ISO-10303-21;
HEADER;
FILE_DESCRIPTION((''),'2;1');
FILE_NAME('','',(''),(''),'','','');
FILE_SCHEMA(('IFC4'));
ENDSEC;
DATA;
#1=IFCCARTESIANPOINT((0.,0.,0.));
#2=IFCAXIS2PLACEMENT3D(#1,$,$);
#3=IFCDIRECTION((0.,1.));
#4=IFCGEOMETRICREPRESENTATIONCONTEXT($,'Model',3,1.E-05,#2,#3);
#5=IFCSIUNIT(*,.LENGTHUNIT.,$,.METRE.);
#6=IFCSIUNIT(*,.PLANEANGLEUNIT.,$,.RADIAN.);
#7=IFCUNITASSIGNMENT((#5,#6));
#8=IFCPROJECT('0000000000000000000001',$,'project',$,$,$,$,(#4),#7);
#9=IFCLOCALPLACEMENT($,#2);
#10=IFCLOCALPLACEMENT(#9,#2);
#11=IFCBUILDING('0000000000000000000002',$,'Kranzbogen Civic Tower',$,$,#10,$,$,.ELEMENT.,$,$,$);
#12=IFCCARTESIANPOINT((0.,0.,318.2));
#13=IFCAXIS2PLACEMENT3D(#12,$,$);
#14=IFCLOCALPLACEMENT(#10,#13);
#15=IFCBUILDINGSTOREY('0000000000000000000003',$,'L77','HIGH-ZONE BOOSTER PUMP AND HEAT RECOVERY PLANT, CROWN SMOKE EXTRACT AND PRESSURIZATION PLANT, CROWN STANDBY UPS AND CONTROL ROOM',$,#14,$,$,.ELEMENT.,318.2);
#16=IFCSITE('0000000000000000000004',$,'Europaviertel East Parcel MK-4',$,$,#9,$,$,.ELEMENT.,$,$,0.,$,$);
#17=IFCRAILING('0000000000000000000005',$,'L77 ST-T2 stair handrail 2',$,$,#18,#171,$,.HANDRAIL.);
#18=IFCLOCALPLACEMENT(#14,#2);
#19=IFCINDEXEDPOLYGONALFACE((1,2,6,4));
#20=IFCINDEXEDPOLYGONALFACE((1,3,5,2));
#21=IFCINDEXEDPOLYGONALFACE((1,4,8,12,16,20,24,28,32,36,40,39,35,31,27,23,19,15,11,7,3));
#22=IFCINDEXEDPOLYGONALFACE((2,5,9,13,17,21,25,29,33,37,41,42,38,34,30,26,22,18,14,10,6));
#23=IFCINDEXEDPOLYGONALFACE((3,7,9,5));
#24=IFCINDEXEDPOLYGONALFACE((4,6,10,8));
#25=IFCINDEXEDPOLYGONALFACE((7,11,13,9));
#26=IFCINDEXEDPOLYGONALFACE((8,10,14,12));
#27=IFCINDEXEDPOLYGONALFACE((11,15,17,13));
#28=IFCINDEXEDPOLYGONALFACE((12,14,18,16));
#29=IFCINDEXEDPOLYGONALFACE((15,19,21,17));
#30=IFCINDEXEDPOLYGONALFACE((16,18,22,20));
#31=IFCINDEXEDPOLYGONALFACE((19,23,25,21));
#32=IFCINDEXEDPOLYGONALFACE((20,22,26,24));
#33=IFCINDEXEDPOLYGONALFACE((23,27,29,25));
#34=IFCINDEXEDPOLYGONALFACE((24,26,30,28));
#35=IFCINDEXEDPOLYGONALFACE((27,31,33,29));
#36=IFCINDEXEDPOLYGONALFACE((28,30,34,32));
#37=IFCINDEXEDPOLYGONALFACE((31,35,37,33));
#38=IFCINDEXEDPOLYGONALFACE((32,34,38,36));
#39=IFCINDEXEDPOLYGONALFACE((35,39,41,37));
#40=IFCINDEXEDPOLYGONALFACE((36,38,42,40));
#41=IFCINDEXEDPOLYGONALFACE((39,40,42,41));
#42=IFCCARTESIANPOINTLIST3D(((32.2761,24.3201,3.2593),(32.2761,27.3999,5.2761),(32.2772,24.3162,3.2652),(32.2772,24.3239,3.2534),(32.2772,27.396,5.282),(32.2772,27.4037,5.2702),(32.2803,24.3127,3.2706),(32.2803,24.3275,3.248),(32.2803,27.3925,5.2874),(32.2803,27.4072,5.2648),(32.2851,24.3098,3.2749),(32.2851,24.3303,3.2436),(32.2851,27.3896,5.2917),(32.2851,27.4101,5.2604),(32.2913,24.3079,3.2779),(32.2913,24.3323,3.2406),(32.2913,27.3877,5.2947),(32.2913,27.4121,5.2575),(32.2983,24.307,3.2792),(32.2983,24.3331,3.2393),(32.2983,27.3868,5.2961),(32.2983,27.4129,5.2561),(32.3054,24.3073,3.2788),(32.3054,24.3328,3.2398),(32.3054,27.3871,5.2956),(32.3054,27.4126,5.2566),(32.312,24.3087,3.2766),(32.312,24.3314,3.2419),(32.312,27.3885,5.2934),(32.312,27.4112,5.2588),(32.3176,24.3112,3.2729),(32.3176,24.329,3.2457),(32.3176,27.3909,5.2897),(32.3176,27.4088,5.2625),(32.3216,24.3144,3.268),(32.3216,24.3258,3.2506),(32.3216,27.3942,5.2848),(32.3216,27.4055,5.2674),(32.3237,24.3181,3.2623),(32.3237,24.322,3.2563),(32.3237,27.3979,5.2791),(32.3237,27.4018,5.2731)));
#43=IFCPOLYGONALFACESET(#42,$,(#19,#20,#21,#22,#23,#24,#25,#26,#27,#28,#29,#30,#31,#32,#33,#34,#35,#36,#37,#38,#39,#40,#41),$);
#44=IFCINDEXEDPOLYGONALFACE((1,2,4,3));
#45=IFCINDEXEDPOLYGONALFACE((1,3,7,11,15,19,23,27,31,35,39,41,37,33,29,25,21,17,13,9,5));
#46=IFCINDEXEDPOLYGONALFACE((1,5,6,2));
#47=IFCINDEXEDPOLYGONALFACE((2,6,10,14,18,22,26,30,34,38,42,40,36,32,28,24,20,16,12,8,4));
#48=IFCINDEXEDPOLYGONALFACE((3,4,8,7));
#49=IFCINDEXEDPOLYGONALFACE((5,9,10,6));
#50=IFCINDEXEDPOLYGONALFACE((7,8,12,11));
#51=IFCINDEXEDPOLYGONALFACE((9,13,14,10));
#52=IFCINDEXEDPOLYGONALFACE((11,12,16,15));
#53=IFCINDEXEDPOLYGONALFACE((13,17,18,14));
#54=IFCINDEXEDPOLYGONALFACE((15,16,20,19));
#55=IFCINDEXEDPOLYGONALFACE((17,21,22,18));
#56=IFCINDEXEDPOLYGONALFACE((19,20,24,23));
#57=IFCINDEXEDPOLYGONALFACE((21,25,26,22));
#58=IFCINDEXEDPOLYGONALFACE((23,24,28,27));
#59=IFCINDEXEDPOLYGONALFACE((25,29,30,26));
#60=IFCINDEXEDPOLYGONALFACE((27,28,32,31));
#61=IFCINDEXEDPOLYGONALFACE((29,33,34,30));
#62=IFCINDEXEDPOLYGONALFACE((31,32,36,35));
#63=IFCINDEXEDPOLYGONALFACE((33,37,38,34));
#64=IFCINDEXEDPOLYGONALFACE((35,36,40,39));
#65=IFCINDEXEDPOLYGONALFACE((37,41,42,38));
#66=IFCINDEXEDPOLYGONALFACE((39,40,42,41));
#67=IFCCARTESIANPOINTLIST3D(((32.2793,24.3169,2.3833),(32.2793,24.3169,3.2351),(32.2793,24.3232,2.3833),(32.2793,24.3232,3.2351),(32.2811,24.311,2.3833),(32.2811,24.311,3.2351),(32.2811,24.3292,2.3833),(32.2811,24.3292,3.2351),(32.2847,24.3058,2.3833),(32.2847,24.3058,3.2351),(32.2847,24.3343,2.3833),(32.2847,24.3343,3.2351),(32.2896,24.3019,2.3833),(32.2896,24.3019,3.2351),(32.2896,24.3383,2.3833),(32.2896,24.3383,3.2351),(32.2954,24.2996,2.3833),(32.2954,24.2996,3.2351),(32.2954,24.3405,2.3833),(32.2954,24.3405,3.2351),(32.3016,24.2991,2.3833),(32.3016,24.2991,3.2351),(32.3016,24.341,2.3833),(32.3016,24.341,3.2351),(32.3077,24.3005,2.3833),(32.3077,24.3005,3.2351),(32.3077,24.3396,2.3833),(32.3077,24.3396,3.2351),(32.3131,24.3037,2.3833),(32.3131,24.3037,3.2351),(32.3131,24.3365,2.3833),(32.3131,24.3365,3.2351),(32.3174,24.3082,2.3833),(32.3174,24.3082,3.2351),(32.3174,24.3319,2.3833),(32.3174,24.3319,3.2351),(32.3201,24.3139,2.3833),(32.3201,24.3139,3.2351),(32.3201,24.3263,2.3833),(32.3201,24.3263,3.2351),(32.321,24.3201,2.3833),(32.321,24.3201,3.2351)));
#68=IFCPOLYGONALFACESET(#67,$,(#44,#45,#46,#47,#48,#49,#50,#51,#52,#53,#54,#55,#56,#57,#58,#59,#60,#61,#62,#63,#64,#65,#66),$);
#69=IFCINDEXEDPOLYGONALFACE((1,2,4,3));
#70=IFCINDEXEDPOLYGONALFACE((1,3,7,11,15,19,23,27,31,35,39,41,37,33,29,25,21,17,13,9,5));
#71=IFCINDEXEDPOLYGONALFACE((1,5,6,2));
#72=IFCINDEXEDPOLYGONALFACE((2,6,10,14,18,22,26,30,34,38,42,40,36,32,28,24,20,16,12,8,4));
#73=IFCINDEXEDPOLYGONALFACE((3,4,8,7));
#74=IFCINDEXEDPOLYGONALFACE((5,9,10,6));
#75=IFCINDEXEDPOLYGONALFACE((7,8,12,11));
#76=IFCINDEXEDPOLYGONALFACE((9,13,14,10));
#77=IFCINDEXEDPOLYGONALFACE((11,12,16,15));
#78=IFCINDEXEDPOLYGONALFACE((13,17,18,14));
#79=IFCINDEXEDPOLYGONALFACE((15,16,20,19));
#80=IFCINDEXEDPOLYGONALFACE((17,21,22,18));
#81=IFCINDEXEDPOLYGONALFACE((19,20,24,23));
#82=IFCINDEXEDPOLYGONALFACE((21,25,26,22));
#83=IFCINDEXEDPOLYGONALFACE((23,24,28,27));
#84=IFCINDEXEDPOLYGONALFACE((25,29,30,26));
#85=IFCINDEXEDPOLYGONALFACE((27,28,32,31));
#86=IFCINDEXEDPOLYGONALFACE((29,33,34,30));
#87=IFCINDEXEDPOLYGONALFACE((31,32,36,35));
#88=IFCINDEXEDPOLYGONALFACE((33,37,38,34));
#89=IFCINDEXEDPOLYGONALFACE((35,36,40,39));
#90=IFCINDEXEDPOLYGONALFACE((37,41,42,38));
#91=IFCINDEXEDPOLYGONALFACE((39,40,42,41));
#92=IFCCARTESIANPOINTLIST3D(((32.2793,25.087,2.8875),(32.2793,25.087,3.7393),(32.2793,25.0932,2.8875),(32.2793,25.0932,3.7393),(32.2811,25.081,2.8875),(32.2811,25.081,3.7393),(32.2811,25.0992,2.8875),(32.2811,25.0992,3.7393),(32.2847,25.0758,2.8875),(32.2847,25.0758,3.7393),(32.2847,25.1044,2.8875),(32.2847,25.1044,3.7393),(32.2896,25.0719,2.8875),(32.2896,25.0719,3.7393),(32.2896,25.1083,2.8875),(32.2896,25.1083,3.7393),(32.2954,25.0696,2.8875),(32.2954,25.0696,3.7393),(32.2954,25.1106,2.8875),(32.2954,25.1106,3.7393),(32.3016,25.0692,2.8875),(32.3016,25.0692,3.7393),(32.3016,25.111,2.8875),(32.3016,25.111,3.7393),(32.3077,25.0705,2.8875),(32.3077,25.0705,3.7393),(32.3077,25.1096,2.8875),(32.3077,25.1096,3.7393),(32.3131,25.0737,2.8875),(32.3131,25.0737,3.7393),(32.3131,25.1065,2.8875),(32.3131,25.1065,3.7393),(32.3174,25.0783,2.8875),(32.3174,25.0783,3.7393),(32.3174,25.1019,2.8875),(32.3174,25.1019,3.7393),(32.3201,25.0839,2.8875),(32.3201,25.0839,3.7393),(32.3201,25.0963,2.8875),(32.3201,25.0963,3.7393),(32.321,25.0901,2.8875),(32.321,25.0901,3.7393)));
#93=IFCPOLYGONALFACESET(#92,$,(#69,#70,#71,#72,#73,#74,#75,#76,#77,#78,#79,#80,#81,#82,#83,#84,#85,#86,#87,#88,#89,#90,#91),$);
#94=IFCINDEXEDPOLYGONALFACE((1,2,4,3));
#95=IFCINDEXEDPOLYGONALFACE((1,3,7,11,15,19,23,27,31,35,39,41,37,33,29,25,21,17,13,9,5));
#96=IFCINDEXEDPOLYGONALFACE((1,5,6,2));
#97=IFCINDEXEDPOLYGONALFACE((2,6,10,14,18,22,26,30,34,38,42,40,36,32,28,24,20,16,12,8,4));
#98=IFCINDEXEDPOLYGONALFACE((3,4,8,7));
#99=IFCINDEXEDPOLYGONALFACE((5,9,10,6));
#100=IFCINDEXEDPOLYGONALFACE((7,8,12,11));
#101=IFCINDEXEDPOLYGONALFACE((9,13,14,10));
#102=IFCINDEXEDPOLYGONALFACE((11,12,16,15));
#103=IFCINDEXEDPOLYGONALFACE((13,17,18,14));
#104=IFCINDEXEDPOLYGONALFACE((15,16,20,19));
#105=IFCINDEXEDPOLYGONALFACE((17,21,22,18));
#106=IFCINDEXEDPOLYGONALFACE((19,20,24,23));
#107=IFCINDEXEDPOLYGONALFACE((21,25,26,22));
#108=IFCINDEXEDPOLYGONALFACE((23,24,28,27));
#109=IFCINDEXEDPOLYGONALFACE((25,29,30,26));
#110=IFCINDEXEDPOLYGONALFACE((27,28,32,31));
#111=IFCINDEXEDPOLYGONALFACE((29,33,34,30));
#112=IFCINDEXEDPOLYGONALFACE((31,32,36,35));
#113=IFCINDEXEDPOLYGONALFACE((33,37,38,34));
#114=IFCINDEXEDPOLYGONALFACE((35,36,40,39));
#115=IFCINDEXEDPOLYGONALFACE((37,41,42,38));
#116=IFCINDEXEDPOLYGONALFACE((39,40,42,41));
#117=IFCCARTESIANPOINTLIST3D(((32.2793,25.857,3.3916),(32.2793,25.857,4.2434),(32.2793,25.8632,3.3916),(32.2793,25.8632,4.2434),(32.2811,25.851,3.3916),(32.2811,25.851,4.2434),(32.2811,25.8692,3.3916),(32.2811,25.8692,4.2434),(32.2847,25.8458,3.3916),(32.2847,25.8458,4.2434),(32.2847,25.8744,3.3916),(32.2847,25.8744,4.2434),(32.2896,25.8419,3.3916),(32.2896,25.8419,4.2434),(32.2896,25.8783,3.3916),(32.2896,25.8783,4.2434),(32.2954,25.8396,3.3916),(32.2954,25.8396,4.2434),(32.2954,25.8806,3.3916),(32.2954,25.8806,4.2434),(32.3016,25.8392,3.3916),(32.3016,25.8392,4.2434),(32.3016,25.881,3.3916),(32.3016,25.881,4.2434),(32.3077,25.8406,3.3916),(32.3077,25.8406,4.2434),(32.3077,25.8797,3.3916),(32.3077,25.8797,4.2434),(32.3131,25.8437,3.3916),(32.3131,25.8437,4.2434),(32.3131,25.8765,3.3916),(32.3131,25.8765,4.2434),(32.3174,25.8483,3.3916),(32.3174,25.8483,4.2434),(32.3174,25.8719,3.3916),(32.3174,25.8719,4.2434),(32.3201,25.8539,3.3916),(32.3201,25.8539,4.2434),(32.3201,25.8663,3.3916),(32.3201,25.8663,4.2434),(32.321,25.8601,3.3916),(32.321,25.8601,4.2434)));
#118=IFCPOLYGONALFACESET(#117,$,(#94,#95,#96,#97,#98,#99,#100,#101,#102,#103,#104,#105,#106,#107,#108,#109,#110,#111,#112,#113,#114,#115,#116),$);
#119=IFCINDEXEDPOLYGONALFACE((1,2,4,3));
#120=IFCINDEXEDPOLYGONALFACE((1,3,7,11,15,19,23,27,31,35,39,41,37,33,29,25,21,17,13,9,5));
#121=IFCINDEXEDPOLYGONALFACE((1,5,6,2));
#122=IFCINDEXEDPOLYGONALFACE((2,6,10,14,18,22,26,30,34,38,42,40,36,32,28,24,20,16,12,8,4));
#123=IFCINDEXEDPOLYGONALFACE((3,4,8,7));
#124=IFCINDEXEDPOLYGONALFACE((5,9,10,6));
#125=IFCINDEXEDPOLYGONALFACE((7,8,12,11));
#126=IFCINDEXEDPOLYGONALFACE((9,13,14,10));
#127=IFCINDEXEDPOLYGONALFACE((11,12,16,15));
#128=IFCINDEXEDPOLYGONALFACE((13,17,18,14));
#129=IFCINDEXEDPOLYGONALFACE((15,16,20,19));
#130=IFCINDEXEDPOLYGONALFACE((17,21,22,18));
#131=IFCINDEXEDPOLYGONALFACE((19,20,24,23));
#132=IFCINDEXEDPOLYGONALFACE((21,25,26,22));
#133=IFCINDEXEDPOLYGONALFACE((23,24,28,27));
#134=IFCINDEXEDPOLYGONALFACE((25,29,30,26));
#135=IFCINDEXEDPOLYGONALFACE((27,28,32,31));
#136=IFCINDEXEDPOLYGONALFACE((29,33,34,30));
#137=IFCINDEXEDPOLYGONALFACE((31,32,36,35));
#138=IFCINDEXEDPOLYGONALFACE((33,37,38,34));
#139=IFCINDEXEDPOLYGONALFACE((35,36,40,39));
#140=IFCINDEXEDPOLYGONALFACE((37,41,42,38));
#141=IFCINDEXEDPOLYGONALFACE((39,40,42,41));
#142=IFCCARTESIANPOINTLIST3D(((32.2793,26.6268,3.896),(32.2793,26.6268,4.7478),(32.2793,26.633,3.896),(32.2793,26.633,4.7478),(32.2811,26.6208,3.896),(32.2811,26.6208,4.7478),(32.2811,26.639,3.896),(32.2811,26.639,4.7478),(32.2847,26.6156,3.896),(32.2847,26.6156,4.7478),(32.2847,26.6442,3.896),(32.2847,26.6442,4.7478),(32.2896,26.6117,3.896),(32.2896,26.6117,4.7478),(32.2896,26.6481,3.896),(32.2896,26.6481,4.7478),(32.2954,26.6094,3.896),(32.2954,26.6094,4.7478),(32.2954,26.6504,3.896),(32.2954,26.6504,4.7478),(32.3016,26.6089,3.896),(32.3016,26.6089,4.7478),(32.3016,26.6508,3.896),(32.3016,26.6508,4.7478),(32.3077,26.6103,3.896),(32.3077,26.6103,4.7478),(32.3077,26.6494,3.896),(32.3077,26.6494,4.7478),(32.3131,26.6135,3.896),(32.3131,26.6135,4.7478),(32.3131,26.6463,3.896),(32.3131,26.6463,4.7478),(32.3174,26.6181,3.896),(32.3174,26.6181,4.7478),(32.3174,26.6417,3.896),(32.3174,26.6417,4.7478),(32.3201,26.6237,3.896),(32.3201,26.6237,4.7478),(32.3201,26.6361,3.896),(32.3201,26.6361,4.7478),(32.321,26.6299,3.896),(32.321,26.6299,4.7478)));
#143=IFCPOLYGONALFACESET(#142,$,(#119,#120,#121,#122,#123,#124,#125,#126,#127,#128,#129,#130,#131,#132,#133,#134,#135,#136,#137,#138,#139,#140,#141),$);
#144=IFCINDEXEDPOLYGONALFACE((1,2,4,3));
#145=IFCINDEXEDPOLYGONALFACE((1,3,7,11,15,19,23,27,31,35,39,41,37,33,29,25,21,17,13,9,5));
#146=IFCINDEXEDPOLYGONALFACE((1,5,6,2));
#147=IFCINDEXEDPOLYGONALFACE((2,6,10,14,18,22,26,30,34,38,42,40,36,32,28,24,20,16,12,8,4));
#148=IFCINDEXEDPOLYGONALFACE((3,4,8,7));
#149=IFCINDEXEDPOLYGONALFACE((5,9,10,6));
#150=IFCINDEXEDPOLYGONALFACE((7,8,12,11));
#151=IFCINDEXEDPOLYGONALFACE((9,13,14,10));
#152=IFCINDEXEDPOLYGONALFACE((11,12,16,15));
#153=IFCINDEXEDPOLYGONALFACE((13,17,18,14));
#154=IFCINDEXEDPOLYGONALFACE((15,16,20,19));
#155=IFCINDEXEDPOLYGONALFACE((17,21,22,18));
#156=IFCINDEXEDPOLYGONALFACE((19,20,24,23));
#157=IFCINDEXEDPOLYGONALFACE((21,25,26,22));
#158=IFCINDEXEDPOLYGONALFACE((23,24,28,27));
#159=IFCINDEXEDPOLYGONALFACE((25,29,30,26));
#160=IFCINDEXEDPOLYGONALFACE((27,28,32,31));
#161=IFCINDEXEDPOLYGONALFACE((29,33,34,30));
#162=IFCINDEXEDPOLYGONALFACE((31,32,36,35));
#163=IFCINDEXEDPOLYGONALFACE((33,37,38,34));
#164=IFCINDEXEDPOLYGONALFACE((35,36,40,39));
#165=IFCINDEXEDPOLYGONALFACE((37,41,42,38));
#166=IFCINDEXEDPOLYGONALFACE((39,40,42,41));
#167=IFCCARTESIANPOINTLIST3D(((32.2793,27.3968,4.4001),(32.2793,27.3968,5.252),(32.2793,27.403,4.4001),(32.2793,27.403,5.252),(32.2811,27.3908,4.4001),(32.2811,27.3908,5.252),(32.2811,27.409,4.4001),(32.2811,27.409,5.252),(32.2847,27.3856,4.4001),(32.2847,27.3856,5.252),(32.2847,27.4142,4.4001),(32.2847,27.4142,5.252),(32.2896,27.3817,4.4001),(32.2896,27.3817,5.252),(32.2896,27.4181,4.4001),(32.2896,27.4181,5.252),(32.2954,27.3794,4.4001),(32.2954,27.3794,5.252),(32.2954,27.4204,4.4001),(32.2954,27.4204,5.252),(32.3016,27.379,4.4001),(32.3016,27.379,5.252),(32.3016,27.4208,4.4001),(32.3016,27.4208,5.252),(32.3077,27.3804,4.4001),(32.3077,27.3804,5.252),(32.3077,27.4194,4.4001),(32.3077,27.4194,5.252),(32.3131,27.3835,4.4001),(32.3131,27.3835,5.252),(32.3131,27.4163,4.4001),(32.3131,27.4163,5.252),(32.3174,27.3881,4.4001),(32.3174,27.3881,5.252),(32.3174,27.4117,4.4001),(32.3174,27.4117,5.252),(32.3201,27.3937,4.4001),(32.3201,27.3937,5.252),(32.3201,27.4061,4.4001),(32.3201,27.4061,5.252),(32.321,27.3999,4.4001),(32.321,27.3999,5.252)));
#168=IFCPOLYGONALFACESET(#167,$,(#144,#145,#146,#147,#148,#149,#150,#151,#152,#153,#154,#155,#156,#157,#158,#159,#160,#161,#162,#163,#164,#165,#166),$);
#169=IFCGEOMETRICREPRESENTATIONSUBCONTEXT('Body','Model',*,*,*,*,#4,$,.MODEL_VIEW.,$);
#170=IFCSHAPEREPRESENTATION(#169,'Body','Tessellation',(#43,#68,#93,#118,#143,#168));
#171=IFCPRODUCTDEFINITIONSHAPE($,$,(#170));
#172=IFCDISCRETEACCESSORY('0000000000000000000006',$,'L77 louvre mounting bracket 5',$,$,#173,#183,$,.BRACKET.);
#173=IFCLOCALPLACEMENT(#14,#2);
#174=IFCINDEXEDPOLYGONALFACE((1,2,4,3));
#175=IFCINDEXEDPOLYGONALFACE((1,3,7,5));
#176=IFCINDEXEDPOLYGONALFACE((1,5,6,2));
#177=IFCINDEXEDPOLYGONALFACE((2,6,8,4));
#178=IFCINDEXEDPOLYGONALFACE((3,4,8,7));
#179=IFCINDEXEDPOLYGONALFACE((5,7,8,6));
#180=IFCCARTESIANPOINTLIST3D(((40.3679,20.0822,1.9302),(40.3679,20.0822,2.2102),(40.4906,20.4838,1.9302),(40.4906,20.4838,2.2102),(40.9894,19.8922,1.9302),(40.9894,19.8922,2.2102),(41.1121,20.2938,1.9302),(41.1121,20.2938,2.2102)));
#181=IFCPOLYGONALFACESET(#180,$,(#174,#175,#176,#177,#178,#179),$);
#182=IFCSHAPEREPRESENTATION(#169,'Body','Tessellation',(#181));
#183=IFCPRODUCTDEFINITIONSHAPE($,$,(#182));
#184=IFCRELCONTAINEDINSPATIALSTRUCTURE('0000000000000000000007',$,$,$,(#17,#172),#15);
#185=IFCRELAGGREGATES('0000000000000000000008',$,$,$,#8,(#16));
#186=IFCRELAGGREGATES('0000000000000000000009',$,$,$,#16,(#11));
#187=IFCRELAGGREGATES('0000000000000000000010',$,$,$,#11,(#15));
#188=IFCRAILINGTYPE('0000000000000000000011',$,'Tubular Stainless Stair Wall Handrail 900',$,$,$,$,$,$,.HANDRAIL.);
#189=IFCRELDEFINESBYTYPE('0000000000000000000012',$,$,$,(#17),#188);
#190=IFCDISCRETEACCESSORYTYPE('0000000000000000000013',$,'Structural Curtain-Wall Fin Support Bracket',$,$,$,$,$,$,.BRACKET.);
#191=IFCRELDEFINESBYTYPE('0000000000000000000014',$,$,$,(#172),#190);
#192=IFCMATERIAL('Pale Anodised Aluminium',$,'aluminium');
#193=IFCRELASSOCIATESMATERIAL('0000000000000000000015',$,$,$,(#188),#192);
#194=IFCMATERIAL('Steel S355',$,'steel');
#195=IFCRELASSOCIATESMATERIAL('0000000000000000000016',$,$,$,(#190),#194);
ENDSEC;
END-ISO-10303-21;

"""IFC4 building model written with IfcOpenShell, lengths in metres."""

from ifc_helpers import new_model, si_unit, direction, frame, origin, origin_2d, place, context, subcontext, project, spatial, rectangle, circle, extrude, material, type_object, element, save


model = new_model("IFC4")

# Units and contexts
model_context = context("Model", 3, precision=1e-05, world=origin(), true_north=direction((0.0, 1.0)))
body_context = subcontext(model_context, "Body", "Model", "MODEL_VIEW")
ifc_project = project(units=[si_unit("LENGTHUNIT", "METRE"), si_unit("PLANEANGLEUNIT", "RADIAN")], contexts=[model_context])

# Site, building, storey
site_placement = place(None, origin())
site = spatial("IfcSite", under=ifc_project, at=site_placement, Name="Europaviertel East Parcel MK-4", CompositionType="ELEMENT", RefElevation=0.0)
building_placement = place(site_placement, origin())
building = spatial("IfcBuilding", under=site, at=building_placement, Name="Kranzbogen Civic Tower", CompositionType="ELEMENT")
storey_placement = place(building_placement, frame((0.0, 0.0, 318.2)))
storey = spatial("IfcBuildingStorey", under=building, at=storey_placement, Name="L77", Description="HIGH-ZONE BOOSTER PUMP AND HEAT RECOVERY PLANT, CROWN SMOKE EXTRACT AND PRESSURIZATION PLANT, CROWN STANDBY UPS AND CONTROL ROOM", CompositionType="ELEMENT", Elevation=318.2)

# Shared definitions
ifc_material_1 = material(Name="Steel S355", Category="steel")

# Shared definitions
ifc_material_2 = material(Name="Pale Anodised Aluminium", Category="aluminium")

# Railing
railing_type = type_object("IfcRailingType", Name="Tubular Stainless Stair Wall Handrail 900", PredefinedType="HANDRAIL", material=ifc_material_2)
railing_placement = place(storey_placement, frame((32.3, 24.3201, 2.3833)))
element("IfcRailing", 1, at=railing_placement, inside=storey, type_object=railing_type, Name="L77 ST-T2 stair handrail 2", PredefinedType="HANDRAIL", context=body_context, shape_type="SweptSolid", body=[
    extrude(circle(Radius=0.0239, at=origin_2d()), frame((0.0, 0.0, 0.876), z_axis=(0.0, 0.836583, 0.547841), x_axis=(-1.0, 0.0, 0.0)), (0.0, 0.0, 1.0), 3.6814),
    extrude(circle(Radius=0.021, at=origin_2d()), origin(), (0.0, 0.0, 1.0), 0.8518),
    extrude(circle(Radius=0.021, at=origin_2d()), frame((0.0, 0.77, 0.5042)), (0.0, 0.0, 1.0), 0.8518),
    extrude(circle(Radius=0.021, at=origin_2d()), frame((0.0, 1.54, 1.0083)), (0.0, 0.0, 1.0), 0.8518),
    extrude(circle(Radius=0.021, at=origin_2d()), frame((0.0, 2.3098, 1.5127)), (0.0, 0.0, 1.0), 0.8518),
    extrude(circle(Radius=0.021, at=origin_2d()), frame((0.0, 3.0798, 2.0168)), (0.0, 0.0, 1.0), 0.8518),
])

# Discrete accessory
discrete_accessory_type = type_object("IfcDiscreteAccessoryType", Name="Structural Curtain-Wall Fin Support Bracket", PredefinedType="BRACKET", material=ifc_material_1)
discrete_accessory_placement = place(storey_placement, frame((40.74, 20.188, 1.9302), z_axis=(0.0, 0.0, 1.0), x_axis=(0.956305, -0.292372, 0.0)))
element("IfcDiscreteAccessory", 2, at=discrete_accessory_placement, inside=storey, type_object=discrete_accessory_type, Name="L77 louvre mounting bracket 5", PredefinedType="BRACKET", context=body_context, shape_type="SweptSolid", body=[
    extrude(rectangle(XDim=0.6499, YDim=0.4199, at=origin_2d()), origin(), (0.0, 0.0, 1.0), 0.28),
])

save(model, "model.ifc")
